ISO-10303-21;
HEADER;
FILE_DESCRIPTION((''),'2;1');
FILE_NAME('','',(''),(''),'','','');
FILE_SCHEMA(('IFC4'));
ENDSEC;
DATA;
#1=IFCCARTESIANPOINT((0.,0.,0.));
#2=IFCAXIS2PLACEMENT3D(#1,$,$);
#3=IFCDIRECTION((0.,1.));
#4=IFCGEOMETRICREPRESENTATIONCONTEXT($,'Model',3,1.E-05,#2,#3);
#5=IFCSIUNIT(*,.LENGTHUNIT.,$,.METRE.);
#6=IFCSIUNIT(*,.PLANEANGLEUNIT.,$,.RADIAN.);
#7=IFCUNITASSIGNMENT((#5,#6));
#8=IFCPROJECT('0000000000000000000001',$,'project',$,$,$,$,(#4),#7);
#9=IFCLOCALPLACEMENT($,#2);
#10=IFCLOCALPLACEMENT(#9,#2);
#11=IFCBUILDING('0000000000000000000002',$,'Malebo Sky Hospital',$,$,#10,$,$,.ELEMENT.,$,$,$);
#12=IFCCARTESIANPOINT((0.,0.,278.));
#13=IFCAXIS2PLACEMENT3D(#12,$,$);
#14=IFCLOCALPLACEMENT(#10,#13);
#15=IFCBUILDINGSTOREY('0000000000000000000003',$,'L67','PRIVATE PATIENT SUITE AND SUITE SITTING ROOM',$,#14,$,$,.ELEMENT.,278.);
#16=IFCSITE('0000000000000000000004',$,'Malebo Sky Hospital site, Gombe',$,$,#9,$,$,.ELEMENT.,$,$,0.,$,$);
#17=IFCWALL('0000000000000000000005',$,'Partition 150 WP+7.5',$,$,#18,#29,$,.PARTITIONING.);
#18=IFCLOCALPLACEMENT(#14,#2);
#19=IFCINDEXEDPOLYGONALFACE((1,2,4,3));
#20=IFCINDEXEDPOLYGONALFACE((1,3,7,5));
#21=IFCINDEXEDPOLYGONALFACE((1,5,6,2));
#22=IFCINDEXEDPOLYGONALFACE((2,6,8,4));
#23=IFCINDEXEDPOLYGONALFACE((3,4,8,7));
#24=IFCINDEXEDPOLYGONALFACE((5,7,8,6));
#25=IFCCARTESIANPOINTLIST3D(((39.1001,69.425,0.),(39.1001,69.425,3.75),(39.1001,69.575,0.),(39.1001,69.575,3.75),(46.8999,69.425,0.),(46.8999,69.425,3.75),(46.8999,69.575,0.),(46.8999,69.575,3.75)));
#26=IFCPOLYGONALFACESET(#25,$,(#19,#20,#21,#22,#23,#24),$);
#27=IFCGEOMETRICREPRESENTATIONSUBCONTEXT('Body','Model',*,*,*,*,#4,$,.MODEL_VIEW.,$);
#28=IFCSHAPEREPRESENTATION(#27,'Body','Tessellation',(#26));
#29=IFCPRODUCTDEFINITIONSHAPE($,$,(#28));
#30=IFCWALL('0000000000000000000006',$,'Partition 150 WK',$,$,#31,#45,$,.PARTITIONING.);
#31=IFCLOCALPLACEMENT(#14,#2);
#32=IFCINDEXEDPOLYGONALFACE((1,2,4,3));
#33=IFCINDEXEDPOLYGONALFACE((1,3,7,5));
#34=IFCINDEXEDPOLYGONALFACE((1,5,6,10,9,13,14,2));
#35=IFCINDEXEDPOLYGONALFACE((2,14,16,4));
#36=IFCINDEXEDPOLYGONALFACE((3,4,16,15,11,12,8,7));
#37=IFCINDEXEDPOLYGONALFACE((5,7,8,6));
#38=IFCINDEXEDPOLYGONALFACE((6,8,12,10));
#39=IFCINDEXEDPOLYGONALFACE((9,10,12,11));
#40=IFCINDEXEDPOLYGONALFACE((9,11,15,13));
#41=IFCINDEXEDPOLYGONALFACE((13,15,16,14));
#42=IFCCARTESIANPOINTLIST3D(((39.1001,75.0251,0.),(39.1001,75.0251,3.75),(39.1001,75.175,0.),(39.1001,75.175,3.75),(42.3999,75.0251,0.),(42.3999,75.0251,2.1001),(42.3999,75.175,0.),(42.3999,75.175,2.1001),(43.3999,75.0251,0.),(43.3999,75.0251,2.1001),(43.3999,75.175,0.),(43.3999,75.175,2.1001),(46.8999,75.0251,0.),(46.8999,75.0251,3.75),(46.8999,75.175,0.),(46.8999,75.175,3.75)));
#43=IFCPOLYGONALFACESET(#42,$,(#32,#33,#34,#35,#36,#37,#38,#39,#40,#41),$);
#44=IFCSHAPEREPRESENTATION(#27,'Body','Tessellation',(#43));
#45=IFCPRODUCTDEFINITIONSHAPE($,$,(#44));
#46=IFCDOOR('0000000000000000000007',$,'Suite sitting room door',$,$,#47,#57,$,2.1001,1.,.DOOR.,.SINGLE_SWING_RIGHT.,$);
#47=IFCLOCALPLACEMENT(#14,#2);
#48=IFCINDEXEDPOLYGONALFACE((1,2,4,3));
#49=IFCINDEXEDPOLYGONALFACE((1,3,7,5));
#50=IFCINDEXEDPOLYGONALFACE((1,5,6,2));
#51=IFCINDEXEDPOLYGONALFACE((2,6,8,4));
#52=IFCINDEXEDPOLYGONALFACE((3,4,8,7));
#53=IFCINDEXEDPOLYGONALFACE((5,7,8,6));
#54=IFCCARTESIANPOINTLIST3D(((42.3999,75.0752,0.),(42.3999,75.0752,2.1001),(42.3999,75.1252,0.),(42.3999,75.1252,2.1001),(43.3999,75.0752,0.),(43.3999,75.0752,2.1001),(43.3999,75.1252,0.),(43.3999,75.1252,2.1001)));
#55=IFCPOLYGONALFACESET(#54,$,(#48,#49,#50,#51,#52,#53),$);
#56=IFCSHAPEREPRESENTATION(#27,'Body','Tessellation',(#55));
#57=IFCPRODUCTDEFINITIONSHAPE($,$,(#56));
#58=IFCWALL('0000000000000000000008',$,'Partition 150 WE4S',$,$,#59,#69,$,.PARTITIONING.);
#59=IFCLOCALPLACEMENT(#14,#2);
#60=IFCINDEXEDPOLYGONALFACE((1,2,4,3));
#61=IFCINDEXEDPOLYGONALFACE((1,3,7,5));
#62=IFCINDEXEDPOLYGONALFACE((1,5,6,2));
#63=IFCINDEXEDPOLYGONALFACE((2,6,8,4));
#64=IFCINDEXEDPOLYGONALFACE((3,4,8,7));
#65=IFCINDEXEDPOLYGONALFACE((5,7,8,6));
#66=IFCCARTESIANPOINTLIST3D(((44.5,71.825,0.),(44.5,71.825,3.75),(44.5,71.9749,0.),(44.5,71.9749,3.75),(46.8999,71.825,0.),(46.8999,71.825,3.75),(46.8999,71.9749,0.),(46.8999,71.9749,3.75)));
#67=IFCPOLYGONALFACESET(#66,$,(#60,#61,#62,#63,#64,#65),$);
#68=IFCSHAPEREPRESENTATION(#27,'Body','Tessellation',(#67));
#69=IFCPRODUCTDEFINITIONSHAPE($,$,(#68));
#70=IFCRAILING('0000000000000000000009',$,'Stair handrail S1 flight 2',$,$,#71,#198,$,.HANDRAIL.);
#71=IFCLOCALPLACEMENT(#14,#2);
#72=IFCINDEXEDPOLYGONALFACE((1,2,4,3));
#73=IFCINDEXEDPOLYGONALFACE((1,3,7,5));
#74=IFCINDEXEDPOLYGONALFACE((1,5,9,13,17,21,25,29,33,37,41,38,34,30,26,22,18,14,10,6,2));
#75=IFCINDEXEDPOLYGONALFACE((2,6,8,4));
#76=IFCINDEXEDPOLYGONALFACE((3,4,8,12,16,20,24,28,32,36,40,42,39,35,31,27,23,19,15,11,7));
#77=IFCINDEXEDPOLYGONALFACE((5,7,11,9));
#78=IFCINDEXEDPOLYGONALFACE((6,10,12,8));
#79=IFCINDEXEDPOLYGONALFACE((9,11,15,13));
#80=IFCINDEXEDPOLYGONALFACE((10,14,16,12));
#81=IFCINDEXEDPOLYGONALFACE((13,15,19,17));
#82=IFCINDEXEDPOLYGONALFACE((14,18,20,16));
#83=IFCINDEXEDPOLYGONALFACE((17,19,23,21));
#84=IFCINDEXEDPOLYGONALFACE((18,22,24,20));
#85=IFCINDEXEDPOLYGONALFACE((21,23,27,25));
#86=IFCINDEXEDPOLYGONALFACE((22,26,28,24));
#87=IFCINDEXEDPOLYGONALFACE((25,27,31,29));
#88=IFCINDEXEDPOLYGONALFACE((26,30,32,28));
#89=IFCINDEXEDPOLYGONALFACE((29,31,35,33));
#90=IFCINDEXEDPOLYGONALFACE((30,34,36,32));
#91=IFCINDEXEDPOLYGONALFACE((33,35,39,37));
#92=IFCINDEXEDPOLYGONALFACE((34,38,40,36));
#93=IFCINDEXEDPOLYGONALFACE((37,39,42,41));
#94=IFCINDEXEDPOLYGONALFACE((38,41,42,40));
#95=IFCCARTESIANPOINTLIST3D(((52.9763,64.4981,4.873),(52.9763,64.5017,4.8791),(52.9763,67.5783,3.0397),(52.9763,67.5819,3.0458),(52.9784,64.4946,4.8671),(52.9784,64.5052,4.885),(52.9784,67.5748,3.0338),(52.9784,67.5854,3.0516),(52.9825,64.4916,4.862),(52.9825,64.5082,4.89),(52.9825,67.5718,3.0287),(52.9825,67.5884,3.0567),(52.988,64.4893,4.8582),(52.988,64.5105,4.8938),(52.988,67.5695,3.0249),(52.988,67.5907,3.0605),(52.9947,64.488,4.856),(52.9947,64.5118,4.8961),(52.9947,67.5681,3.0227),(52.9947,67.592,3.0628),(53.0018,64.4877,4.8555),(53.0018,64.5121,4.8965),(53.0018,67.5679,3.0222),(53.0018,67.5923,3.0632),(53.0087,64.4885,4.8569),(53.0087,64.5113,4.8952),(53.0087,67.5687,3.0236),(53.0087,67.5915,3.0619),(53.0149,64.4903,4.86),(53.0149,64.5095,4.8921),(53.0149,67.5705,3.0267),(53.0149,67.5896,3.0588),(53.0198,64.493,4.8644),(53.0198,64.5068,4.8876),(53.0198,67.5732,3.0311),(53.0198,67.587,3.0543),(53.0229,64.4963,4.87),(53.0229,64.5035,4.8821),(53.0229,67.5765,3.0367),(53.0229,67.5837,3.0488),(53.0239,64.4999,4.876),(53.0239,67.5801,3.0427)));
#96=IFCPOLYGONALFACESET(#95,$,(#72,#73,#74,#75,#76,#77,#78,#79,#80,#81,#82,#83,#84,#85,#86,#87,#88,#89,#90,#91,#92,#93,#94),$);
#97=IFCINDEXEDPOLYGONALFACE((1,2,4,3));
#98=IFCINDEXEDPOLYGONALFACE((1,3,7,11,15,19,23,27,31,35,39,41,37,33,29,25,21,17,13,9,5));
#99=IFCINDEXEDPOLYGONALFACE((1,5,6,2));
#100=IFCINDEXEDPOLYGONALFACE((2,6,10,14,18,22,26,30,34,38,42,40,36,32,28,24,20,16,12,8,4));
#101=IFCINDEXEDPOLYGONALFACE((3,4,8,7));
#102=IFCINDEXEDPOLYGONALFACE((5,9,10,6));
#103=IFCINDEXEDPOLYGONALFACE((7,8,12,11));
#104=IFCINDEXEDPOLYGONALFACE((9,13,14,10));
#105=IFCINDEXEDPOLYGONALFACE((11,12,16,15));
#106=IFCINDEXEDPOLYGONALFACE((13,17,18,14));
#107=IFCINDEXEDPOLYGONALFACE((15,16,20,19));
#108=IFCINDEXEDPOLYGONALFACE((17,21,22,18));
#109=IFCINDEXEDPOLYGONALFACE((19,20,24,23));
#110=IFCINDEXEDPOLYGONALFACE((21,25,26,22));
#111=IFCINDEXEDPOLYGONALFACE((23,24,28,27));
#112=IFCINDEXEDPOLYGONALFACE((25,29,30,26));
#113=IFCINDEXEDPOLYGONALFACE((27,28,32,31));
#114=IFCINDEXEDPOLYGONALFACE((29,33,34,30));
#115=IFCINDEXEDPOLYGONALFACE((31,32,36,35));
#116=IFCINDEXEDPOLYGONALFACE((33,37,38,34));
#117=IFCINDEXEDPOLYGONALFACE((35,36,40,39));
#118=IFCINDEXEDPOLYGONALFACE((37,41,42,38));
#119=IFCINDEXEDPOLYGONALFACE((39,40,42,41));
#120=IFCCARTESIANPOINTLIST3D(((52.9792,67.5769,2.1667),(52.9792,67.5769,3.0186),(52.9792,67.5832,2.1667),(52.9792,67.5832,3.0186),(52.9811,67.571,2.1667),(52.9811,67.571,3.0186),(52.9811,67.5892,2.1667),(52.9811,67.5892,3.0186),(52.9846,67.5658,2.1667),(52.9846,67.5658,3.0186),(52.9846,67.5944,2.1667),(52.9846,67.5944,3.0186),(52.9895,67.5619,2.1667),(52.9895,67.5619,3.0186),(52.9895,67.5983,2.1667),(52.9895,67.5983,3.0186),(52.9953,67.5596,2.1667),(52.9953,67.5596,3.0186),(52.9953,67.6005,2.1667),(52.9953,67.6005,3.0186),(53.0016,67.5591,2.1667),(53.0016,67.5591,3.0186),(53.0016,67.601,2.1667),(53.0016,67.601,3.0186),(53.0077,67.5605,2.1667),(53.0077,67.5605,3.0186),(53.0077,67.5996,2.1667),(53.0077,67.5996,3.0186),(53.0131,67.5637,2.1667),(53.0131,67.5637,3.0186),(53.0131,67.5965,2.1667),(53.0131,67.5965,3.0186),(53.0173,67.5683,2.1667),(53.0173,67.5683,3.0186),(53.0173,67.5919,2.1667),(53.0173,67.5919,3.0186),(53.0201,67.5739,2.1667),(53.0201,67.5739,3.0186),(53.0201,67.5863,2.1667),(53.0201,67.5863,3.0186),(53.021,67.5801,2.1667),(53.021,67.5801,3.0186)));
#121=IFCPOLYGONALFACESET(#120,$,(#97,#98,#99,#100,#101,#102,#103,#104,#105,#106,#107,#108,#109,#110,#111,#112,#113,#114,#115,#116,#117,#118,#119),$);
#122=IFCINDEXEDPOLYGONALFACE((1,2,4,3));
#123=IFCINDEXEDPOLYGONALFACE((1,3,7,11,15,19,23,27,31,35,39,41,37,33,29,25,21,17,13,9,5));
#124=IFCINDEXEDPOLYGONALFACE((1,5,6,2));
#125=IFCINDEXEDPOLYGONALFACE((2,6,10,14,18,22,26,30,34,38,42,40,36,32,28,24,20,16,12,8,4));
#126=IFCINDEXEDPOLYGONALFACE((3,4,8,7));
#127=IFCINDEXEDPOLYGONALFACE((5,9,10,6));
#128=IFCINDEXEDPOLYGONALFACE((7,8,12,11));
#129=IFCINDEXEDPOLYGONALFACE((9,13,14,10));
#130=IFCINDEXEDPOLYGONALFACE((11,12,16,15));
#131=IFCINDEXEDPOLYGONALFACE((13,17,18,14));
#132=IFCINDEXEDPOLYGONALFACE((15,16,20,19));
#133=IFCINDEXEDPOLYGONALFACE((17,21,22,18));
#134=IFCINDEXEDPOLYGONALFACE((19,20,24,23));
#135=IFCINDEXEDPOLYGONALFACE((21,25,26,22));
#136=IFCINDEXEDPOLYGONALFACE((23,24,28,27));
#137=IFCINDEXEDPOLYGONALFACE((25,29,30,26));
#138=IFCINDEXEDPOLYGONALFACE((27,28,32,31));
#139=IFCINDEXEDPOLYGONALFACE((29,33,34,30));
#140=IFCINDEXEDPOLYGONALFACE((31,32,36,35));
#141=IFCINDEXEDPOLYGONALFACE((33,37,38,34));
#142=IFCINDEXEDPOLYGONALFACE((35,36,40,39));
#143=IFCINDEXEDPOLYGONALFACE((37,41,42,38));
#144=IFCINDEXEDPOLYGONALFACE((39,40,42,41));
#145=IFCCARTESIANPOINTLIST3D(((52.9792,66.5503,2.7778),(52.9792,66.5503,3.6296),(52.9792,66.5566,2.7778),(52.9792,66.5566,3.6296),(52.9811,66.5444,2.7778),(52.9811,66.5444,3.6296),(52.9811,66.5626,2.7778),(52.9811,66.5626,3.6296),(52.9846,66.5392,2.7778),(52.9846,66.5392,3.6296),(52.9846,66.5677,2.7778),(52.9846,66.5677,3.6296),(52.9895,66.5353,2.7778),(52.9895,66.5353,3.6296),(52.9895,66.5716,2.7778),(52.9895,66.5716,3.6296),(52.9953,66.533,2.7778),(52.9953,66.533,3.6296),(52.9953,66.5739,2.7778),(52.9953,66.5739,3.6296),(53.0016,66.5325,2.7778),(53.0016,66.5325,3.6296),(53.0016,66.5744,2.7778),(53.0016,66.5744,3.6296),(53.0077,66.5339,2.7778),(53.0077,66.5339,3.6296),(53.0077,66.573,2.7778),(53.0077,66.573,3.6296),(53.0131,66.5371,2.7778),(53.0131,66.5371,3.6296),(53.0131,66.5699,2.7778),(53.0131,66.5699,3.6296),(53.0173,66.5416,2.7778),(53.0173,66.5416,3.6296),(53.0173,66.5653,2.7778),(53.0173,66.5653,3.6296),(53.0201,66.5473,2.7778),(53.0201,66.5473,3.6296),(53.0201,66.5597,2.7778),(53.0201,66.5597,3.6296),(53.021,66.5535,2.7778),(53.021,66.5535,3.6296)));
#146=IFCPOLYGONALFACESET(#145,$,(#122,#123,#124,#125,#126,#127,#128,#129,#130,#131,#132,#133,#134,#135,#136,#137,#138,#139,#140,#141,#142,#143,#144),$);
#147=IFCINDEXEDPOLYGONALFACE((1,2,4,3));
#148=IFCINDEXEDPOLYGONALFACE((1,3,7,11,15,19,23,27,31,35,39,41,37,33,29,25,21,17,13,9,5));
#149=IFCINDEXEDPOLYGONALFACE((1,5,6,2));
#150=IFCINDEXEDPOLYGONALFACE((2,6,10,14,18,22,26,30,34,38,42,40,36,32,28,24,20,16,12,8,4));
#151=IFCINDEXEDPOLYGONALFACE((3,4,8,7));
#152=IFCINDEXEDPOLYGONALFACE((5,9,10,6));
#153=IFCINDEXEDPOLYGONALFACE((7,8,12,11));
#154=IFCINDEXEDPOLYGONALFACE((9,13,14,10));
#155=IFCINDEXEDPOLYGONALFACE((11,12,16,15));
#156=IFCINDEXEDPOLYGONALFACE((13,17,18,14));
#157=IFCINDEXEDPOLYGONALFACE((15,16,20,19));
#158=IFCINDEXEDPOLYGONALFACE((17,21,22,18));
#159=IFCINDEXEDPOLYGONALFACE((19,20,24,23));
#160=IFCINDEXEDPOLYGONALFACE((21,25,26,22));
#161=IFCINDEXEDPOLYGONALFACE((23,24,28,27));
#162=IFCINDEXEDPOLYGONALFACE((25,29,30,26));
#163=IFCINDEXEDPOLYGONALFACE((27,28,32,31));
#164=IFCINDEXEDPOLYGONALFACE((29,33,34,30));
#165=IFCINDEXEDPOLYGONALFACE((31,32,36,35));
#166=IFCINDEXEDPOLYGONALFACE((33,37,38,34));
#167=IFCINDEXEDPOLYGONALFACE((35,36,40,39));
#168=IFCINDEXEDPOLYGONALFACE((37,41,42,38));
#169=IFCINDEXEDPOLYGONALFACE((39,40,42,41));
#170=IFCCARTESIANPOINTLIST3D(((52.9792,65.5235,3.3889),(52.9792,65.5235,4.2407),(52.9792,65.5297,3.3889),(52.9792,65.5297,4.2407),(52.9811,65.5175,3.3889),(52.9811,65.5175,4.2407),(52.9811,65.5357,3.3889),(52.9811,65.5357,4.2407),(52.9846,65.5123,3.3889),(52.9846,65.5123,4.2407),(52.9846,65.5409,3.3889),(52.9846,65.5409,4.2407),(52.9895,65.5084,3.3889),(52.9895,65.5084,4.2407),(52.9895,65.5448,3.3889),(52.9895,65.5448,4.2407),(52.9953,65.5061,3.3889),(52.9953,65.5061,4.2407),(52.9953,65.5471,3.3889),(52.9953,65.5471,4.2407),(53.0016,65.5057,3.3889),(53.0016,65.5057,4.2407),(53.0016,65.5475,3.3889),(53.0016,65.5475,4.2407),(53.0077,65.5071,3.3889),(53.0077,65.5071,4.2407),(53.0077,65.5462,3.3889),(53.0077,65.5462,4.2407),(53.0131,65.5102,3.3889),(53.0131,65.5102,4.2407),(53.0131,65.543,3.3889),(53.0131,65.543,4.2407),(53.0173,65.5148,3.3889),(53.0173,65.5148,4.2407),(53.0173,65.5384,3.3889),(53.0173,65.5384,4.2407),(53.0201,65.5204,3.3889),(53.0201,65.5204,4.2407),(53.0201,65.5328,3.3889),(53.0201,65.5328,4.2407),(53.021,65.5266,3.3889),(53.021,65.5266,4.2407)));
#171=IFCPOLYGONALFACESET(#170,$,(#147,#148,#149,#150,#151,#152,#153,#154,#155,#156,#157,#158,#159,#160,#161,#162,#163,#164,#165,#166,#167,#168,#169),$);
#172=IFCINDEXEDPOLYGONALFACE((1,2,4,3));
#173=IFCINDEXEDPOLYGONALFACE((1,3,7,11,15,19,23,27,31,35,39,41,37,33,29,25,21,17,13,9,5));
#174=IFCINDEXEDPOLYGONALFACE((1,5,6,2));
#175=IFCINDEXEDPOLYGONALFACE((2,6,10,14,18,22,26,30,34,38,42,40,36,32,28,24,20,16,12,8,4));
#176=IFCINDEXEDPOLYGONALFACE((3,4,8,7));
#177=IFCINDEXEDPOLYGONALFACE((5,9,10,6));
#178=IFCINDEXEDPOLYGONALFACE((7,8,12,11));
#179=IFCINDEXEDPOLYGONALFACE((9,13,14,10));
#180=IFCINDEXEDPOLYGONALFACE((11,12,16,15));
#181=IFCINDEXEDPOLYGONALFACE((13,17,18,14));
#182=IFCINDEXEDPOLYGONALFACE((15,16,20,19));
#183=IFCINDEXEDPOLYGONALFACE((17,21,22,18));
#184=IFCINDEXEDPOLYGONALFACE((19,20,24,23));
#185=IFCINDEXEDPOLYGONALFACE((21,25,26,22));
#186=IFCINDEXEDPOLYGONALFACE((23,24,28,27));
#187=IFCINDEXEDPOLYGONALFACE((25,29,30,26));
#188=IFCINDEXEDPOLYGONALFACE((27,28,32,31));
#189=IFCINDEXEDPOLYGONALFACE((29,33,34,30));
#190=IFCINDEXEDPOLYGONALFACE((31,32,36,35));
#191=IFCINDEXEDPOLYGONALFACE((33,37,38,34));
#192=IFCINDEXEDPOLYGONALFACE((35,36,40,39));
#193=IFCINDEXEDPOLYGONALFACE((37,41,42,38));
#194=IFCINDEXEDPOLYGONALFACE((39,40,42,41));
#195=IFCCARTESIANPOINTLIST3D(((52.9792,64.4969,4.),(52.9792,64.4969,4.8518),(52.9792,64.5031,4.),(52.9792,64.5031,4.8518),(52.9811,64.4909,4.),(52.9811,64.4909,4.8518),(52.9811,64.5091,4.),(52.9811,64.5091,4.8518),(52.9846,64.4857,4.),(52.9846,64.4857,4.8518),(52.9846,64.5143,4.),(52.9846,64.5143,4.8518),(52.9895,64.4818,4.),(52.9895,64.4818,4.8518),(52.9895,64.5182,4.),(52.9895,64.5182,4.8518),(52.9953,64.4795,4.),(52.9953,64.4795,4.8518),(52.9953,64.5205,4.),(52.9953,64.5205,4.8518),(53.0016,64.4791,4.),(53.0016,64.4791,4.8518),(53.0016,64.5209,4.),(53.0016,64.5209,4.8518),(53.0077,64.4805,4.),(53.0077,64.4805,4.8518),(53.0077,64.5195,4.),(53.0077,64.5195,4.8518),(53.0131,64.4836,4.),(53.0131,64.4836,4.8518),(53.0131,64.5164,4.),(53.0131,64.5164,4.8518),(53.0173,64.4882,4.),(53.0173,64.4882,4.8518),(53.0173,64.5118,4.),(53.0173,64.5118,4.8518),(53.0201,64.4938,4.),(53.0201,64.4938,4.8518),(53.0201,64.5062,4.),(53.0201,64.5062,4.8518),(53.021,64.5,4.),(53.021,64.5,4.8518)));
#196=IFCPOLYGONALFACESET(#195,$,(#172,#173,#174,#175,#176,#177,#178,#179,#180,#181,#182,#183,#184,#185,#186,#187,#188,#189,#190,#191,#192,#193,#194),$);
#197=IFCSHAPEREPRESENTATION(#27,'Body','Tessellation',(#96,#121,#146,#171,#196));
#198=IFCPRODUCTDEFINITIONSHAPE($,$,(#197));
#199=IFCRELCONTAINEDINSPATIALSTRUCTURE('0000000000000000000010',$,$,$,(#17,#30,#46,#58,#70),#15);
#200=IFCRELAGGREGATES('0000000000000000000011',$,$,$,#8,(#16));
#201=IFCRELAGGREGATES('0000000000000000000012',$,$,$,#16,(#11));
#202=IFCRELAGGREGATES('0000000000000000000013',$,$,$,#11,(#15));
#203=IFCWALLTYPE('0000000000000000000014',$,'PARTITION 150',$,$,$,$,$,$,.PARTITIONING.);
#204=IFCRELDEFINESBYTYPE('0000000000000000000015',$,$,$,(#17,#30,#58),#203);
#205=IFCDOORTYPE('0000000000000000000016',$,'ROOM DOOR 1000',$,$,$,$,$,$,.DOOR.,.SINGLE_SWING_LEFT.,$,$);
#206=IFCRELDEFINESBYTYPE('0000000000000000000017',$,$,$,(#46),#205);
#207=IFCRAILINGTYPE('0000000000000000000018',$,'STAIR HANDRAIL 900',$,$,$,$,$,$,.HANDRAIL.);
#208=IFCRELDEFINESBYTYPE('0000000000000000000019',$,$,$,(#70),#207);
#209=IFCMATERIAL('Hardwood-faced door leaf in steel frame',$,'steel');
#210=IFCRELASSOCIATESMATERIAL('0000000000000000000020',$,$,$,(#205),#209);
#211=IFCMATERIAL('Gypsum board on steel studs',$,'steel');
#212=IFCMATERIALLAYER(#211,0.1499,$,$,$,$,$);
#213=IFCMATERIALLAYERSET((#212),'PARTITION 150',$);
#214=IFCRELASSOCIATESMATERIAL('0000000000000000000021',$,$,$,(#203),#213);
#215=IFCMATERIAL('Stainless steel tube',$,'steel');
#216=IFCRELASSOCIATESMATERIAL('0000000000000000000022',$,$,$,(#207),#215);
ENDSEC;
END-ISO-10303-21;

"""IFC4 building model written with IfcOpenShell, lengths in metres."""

from ifc_helpers import new_model, si_unit, direction, frame, frame_2d, origin, origin_2d, place, context, subcontext, project, spatial, rectangle, circle, extrude, material, layer, layer_set, type_object, element, fill, save


model = new_model("IFC4")

# Units and contexts
model_context = context("Model", 3, precision=1e-05, world=origin(), true_north=direction((0.0, 1.0)))
body_context = subcontext(model_context, "Body", "Model", "MODEL_VIEW")
ifc_project = project(units=[si_unit("LENGTHUNIT", "METRE"), si_unit("PLANEANGLEUNIT", "RADIAN")], contexts=[model_context])

# Site, building, storey
site_placement = place(None, origin())
site = spatial("IfcSite", under=ifc_project, at=site_placement, Name="Malebo Sky Hospital site, Gombe", CompositionType="ELEMENT", RefElevation=0.0)
building_placement = place(site_placement, origin())
building = spatial("IfcBuilding", under=site, at=building_placement, Name="Malebo Sky Hospital", CompositionType="ELEMENT")
storey_placement = place(building_placement, frame((0.0, 0.0, 278.0)))
storey = spatial("IfcBuildingStorey", under=building, at=storey_placement, Name="L67", Description="PRIVATE PATIENT SUITE AND SUITE SITTING ROOM", CompositionType="ELEMENT", Elevation=278.0)

# Shared definitions
ifc_material_1 = material(Name="Hardwood-faced door leaf in steel frame", Category="steel")

# Shared definitions
ifc_material_2 = material(Name="Gypsum board on steel studs", Category="steel")
door_type_1 = type_object("IfcDoorType", Name="ROOM DOOR 1000", OperationType="SINGLE_SWING_LEFT", PredefinedType="DOOR", material=ifc_material_1)

# Wall
ifc_layer_1 = layer(ifc_material_2, 0.1499)
ifc_layer_set_1 = layer_set([ifc_layer_1], Name="PARTITION 150")
wall_type_1 = type_object("IfcWallType", Name="PARTITION 150", PredefinedType="PARTITIONING", material=ifc_layer_set_1)
wall_1_placement = place(storey_placement, frame((46.8999, 69.5, 0.0), z_axis=(0.0, 0.0, 1.0), x_axis=(-1.0, 0.0, 0.0)))
element("IfcWall", 1, at=wall_1_placement, inside=storey, type_object=wall_type_1, Name="Partition 150 WP+7.5", PredefinedType="PARTITIONING", context=body_context, shape_type="SweptSolid", body=[
    extrude(rectangle(XDim=7.7998, YDim=0.1499, at=frame_2d((3.8999, 0.0))), origin(), (0.0, 0.0, 1.0), 3.75),
])

# Wall, opening, door
wall_2_placement = place(storey_placement, frame((46.8999, 75.1001, 0.0), z_axis=(0.0, 0.0, 1.0), x_axis=(-1.0, 0.0, 0.0)))
wall_2 = element("IfcWall", 2, at=wall_2_placement, inside=storey, type_object=wall_type_1, Name="Partition 150 WK", PredefinedType="PARTITIONING", context=body_context, shape_type="SweptSolid", body=[
    extrude(rectangle(XDim=7.7998, YDim=0.1499, at=frame_2d((3.8999, 0.0))), origin(), (0.0, 0.0, 1.0), 3.75),
])
opening_1_placement = place(wall_2_placement, frame((3.5, 0.0, 0.0)))
opening_1 = element("IfcOpeningElement", 3, at=opening_1_placement, cuts=wall_2, PredefinedType="OPENING", context=body_context, shape_type="SweptSolid", body=[
    extrude(rectangle(XDim=1.0, YDim=2.1001, at=frame_2d((0.5, 1.05))), frame((0.0, 0.085, 0.0), z_axis=(0.0, -1.0, 0.0), x_axis=(1.0, 0.0, 0.0)), (0.0, 0.0, 1.0), 0.1699),
])
door_1_placement = place(opening_1_placement, origin())
door_1 = element("IfcDoor", 4, at=door_1_placement, inside=storey, type_object=door_type_1, Name="Suite sitting room door", OperationType="SINGLE_SWING_RIGHT", OverallHeight=2.1001, OverallWidth=1.0, PredefinedType="DOOR", context=body_context, shape_type="SweptSolid", body=[
    extrude(rectangle(XDim=1.0, YDim=2.1001, at=frame_2d((0.5, 1.05))), frame((0.0, 0.0249, 0.0), z_axis=(0.0, -1.0, 0.0), x_axis=(1.0, 0.0, 0.0)), (0.0, 0.0, 1.0), 0.05),
])
fill(opening_1, door_1)

# Wall
wall_3_placement = place(storey_placement, frame((46.8999, 71.8999, 0.0), z_axis=(0.0, 0.0, 1.0), x_axis=(-1.0, 0.0, 0.0)))
element("IfcWall", 5, at=wall_3_placement, inside=storey, type_object=wall_type_1, Name="Partition 150 WE4S", PredefinedType="PARTITIONING", context=body_context, shape_type="SweptSolid", body=[
    extrude(rectangle(XDim=2.3999, YDim=0.1499, at=frame_2d((1.2, 0.0))), origin(), (0.0, 0.0, 1.0), 3.75),
])

# Railing
ifc_material_3 = material(Name="Stainless steel tube", Category="steel")
railing_type = type_object("IfcRailingType", Name="STAIR HANDRAIL 900", PredefinedType="HANDRAIL", material=ifc_material_3)
railing_placement = place(storey_placement, frame((53.0, 67.5801, 2.1667)))
element("IfcRailing", 6, at=railing_placement, inside=storey, type_object=railing_type, Name="Stair handrail S1 flight 2", PredefinedType="HANDRAIL", context=body_context, shape_type="SweptSolid", body=[
    extrude(circle(Radius=0.0239, at=origin_2d()), frame((0.0, 0.0, 0.876), z_axis=(0.0, -0.859309, 0.511458), x_axis=(1.0, 0.0, 0.0)), (0.0, 0.0, 1.0), 3.5845),
    extrude(circle(Radius=0.021, at=origin_2d()), origin(), (0.0, 0.0, 1.0), 0.8518),
    extrude(circle(Radius=0.021, at=origin_2d()), frame((0.0, -1.0266, 0.6111)), (0.0, 0.0, 1.0), 0.8518),
    extrude(circle(Radius=0.021, at=origin_2d()), frame((0.0, -2.0535, 1.2222)), (0.0, 0.0, 1.0), 0.8518),
    extrude(circle(Radius=0.021, at=origin_2d()), frame((0.0, -3.0801, 1.8333)), (0.0, 0.0, 1.0), 0.8518),
])

save(model, "model.ifc")
